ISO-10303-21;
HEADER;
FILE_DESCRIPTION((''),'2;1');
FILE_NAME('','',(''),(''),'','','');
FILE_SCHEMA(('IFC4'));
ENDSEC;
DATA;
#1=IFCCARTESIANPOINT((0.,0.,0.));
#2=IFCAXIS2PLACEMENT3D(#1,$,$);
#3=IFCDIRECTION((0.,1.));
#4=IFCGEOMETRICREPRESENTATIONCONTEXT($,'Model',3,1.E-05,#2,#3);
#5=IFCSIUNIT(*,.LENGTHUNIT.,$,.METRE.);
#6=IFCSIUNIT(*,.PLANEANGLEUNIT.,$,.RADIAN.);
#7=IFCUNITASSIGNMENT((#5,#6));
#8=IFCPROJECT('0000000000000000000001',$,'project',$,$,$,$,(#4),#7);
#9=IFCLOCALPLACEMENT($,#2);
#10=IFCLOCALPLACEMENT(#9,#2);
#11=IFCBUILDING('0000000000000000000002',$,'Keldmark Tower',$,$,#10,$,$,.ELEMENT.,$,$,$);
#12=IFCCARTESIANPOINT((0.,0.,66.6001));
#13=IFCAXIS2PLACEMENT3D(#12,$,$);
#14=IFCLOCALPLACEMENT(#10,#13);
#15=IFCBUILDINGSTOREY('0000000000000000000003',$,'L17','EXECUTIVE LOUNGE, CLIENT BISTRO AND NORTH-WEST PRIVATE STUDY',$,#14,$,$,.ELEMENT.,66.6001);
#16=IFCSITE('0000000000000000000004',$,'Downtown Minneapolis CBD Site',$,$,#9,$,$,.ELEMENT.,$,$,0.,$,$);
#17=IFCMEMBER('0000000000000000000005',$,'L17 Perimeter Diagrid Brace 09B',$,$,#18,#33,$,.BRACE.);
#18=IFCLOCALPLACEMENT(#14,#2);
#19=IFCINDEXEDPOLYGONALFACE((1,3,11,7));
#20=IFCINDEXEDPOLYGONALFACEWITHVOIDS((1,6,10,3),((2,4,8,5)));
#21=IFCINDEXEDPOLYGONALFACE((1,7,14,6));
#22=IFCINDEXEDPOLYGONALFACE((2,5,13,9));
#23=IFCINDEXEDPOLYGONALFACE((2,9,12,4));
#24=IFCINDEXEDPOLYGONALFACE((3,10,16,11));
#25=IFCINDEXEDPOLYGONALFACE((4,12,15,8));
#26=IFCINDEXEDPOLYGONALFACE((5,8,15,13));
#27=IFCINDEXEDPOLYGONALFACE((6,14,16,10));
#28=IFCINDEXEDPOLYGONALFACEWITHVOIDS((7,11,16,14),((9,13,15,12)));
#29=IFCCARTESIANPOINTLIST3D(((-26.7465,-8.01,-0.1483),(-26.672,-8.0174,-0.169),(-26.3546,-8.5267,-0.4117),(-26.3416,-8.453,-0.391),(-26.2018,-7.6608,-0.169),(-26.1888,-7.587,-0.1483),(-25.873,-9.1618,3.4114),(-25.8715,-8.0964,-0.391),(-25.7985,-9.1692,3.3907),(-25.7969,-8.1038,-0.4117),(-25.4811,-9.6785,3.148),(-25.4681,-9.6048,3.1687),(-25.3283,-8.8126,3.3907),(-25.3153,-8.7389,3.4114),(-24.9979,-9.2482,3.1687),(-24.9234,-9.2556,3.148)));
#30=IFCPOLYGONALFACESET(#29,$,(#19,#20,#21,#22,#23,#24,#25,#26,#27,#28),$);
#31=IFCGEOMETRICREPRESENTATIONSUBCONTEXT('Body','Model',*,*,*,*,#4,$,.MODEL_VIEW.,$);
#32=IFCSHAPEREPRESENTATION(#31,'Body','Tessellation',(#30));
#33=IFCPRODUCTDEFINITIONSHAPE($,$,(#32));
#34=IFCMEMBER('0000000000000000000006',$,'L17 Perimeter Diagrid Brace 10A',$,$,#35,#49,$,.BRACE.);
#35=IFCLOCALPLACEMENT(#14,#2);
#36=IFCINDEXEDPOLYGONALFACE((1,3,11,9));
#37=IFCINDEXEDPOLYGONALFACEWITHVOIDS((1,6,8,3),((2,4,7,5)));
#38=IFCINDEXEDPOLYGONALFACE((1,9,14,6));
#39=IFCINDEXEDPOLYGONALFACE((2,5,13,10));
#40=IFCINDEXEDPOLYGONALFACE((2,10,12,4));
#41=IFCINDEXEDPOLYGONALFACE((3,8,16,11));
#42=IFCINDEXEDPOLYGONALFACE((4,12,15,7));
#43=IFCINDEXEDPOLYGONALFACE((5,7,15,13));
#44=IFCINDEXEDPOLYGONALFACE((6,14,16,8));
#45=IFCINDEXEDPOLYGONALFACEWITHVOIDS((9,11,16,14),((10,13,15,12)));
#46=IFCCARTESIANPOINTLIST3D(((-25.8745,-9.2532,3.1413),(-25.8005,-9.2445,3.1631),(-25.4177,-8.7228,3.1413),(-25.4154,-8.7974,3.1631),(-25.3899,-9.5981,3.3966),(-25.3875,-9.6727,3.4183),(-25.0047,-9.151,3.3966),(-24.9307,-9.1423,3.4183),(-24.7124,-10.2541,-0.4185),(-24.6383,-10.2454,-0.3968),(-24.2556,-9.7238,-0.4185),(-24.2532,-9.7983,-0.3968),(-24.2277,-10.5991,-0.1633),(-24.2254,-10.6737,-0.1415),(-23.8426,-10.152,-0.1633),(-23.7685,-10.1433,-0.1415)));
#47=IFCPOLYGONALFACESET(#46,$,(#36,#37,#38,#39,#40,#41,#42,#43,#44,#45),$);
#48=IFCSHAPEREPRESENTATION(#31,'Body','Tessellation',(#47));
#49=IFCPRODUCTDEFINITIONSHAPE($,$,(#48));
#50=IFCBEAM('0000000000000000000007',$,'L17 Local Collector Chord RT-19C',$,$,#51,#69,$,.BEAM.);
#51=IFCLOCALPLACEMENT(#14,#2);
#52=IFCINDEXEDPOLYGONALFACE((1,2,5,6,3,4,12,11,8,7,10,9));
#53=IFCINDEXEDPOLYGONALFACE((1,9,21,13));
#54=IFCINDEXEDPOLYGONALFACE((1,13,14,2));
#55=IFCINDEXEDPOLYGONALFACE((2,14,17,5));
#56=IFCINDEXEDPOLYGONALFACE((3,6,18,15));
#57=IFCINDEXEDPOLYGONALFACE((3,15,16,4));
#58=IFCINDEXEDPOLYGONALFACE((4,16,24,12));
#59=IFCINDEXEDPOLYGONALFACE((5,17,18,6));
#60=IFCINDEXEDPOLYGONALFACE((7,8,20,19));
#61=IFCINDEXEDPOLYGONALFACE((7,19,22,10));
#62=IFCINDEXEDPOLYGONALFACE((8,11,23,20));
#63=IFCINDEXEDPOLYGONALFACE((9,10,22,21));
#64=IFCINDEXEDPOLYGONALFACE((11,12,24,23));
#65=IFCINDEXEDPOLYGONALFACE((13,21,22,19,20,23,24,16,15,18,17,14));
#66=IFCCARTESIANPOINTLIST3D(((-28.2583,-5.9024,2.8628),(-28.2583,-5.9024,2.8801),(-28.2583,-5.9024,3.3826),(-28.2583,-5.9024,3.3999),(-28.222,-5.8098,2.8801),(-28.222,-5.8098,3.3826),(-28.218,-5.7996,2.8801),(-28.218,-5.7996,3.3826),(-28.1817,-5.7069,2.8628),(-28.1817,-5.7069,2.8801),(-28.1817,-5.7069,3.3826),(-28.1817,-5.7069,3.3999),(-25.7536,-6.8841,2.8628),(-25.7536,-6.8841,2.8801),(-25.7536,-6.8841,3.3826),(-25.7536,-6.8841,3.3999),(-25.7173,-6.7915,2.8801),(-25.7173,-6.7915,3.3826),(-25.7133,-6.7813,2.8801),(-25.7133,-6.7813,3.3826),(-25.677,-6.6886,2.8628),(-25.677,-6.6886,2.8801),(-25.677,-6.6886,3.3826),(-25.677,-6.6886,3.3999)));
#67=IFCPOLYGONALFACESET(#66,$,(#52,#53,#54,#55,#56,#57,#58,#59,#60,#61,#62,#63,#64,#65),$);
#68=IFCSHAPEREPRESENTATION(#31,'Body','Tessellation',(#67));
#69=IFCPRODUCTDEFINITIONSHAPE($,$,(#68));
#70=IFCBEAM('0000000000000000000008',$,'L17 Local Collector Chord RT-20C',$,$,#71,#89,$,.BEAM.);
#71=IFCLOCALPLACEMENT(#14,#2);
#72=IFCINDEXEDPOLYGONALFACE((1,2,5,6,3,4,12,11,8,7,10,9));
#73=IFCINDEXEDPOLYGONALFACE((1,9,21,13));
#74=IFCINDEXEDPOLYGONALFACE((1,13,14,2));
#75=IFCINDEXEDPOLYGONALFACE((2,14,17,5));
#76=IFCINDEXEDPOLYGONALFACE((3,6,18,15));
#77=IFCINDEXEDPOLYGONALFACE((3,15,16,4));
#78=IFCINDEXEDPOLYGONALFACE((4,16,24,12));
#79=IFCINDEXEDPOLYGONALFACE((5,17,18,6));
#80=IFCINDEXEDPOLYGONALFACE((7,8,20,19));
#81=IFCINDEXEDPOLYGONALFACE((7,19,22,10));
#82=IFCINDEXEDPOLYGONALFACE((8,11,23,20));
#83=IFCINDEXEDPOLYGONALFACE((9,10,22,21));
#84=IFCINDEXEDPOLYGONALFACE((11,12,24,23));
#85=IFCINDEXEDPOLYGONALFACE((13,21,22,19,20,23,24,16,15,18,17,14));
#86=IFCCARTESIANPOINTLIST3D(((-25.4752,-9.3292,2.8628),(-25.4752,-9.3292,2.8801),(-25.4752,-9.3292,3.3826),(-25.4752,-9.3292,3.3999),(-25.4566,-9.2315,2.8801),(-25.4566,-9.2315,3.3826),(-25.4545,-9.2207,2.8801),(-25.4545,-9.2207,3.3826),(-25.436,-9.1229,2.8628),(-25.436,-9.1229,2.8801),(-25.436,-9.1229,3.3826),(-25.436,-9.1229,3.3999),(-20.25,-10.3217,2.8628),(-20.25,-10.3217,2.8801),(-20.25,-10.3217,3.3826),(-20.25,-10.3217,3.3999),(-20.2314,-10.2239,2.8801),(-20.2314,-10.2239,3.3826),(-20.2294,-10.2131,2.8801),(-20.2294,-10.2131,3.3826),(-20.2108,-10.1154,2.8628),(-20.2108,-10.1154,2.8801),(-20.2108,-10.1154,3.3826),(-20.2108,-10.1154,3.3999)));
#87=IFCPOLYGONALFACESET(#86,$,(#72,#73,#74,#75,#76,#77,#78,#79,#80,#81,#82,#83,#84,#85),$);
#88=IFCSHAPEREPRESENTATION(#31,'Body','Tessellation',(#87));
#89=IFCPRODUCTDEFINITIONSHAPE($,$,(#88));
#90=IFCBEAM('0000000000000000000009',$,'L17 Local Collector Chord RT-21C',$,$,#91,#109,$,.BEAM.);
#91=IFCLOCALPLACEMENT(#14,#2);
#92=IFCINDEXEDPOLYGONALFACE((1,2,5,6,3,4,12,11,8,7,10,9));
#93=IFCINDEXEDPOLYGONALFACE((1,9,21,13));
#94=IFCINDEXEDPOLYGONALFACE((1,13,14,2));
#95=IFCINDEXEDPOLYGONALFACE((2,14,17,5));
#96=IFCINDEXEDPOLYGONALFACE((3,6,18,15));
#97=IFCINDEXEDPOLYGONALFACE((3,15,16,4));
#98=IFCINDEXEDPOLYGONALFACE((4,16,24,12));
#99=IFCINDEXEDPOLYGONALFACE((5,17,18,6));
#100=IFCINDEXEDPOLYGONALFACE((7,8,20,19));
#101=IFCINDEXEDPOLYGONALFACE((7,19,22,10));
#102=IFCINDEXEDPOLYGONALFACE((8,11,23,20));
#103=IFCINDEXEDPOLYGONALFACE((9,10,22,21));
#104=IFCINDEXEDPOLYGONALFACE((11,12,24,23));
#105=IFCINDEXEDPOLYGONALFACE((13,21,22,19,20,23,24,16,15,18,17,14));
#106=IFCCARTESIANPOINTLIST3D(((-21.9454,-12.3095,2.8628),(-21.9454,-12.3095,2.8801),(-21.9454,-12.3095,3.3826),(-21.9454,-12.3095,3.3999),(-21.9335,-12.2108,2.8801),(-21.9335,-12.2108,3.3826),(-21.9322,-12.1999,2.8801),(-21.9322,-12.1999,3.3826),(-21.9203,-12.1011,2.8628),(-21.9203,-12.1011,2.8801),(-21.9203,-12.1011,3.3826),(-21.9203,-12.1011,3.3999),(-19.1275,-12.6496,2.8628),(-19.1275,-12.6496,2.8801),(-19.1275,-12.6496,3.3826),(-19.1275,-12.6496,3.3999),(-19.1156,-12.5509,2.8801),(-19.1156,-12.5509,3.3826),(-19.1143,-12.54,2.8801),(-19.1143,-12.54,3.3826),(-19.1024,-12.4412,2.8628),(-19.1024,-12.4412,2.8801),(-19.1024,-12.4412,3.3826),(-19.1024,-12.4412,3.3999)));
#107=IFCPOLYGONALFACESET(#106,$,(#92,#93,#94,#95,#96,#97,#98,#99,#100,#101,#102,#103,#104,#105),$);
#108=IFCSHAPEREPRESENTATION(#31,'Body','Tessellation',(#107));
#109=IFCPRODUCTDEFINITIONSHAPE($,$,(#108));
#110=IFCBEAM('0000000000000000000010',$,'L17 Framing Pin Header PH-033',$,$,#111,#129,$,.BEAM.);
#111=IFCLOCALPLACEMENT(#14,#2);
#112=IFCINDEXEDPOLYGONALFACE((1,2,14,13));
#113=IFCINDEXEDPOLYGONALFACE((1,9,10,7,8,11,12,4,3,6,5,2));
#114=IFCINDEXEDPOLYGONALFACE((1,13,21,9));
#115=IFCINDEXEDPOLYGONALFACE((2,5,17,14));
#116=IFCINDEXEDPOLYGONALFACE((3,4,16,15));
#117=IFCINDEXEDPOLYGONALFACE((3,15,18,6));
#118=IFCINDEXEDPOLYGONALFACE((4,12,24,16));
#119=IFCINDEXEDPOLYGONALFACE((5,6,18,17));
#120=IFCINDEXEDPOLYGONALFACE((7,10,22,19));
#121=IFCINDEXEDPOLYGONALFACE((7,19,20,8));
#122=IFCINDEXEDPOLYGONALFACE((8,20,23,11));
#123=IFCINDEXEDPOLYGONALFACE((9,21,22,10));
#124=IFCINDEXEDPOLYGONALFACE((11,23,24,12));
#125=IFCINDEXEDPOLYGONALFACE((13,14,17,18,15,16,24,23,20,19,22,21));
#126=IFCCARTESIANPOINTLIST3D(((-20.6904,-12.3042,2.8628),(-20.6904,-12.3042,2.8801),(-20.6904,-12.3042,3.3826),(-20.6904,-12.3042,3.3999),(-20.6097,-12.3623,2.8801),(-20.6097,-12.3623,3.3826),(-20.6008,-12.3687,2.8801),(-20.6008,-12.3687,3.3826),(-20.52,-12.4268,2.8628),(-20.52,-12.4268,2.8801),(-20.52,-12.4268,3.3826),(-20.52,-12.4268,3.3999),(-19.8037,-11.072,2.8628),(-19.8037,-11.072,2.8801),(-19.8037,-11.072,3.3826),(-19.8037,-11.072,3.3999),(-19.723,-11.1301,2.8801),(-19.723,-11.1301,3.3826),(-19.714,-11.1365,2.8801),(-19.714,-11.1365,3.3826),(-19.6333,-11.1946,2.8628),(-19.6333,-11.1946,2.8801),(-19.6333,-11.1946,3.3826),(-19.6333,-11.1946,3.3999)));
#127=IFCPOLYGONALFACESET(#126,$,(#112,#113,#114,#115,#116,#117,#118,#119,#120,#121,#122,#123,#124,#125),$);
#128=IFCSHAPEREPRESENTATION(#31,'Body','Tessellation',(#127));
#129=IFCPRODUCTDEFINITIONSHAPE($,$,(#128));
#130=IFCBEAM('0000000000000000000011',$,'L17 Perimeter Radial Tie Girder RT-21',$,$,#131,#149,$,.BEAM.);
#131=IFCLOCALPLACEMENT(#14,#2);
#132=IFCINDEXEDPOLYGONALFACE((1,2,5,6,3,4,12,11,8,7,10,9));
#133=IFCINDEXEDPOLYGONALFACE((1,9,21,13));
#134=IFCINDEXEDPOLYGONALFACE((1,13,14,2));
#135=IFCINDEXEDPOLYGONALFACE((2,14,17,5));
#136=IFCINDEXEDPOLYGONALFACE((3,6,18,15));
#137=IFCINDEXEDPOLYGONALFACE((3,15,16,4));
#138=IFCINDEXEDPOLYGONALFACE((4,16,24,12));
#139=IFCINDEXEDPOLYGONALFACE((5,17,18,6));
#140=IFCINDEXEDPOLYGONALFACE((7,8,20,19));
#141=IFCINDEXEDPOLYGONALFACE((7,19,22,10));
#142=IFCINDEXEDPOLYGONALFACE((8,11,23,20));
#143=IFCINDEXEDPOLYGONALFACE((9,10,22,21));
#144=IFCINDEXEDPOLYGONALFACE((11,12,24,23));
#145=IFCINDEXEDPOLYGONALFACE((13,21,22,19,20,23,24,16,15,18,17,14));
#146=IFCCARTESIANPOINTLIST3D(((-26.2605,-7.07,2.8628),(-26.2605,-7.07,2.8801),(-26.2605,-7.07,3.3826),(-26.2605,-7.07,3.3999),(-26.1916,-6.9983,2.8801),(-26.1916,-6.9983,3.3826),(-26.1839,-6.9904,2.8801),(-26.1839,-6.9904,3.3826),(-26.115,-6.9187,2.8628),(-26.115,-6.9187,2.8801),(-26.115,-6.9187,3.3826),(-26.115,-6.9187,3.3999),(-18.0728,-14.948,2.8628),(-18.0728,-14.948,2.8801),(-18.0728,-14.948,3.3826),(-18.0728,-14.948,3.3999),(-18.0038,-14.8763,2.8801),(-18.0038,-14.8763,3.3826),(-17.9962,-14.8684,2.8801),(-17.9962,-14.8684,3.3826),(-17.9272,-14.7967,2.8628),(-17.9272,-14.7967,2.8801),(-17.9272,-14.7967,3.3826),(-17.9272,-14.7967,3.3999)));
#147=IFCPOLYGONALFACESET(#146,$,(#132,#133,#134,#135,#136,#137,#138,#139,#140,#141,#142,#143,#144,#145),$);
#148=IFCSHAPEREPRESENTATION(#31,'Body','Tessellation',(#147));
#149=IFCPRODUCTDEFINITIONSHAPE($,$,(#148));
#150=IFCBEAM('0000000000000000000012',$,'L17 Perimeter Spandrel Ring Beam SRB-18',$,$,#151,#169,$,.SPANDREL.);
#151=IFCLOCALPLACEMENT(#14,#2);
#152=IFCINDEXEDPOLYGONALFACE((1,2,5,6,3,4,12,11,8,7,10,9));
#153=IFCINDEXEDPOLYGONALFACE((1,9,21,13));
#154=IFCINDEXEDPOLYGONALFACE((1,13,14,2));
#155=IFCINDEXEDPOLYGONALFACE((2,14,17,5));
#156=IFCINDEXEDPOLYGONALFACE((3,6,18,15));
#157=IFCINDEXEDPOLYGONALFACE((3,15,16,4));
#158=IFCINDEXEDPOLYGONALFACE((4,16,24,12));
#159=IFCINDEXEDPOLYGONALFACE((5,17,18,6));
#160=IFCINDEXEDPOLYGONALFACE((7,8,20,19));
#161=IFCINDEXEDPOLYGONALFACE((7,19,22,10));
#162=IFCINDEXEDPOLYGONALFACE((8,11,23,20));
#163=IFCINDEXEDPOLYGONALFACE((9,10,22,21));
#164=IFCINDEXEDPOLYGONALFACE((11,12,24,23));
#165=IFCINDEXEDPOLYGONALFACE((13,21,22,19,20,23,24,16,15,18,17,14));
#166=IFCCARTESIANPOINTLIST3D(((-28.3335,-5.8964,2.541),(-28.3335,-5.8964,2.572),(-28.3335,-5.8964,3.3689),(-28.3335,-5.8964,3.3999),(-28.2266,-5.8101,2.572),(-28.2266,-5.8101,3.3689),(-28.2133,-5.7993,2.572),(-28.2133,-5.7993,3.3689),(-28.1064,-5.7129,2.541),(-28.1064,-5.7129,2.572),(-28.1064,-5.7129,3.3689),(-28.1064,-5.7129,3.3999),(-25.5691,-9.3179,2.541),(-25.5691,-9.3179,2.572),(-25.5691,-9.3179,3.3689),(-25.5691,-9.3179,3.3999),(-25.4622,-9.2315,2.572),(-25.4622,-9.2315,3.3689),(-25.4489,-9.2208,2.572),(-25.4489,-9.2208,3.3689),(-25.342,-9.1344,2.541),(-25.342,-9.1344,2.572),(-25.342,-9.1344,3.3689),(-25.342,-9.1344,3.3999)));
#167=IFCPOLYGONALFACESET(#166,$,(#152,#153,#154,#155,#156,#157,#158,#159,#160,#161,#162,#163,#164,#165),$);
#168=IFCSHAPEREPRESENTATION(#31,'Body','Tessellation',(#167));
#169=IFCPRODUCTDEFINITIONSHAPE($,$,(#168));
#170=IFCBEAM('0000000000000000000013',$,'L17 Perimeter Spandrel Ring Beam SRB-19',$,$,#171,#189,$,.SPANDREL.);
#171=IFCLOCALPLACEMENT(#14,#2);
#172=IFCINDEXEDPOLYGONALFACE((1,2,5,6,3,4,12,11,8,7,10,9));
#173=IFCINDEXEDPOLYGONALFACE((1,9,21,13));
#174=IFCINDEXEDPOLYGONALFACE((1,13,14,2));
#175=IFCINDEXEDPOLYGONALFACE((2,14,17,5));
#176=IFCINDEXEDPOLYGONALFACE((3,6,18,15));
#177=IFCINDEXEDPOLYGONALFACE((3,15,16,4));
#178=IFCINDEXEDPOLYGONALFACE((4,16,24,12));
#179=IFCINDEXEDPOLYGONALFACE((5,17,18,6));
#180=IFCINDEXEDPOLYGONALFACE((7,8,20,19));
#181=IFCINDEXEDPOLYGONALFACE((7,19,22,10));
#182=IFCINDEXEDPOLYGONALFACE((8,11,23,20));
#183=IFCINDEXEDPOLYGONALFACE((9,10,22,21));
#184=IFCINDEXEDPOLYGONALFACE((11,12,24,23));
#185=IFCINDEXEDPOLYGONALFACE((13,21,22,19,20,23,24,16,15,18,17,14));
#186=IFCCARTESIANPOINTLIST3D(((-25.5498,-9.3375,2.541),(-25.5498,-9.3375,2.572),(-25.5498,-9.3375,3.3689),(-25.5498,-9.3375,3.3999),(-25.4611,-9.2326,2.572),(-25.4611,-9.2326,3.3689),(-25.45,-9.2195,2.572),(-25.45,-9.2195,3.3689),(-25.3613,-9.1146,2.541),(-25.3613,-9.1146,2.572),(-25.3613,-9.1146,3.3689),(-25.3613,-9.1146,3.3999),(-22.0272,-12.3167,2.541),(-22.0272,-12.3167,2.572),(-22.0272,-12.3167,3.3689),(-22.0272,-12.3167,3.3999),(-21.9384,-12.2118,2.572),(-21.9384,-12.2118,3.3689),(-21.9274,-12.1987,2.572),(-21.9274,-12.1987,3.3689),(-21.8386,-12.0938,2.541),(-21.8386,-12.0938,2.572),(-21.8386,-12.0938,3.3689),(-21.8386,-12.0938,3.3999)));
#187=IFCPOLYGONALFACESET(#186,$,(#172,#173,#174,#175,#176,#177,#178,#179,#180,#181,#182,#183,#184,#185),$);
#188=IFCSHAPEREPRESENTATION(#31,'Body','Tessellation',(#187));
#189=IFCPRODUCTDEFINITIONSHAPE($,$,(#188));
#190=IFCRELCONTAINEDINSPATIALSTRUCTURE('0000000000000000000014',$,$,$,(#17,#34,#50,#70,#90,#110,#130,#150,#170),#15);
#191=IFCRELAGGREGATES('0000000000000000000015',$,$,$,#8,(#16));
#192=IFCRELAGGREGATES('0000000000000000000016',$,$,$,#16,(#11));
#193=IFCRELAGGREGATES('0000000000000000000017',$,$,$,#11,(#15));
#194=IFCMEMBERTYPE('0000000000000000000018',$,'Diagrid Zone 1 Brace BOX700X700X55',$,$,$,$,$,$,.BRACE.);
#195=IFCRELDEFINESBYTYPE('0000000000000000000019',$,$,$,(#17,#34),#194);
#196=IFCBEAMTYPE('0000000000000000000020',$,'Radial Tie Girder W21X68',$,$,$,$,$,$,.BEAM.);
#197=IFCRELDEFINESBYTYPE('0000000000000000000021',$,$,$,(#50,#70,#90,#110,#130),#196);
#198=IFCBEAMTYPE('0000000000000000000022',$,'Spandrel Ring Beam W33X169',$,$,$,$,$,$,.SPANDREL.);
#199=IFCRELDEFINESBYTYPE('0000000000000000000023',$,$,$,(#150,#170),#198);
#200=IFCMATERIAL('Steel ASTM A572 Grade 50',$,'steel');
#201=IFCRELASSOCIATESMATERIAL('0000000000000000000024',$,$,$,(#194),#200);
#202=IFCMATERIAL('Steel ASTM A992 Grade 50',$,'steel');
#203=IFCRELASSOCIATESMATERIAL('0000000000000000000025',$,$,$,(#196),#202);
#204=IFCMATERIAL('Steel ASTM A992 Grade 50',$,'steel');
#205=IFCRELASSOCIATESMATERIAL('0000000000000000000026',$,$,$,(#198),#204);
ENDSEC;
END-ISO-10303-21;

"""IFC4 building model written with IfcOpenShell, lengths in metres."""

from ifc_helpers import new_model, si_unit, direction, frame, origin, origin_2d, place, context, subcontext, project, spatial, hollow_rectangle, i_section, extrude, material, material_profile, profile_set, type_object, element, save


model = new_model("IFC4")

# Units and contexts
model_context = context("Model", 3, precision=1e-05, world=origin(), true_north=direction((0.0, 1.0)))
body_context = subcontext(model_context, "Body", "Model", "MODEL_VIEW")
ifc_project = project(units=[si_unit("LENGTHUNIT", "METRE"), si_unit("PLANEANGLEUNIT", "RADIAN")], contexts=[model_context])

# Site, building, storey
site_placement = place(None, origin())
site = spatial("IfcSite", under=ifc_project, at=site_placement, Name="Downtown Minneapolis CBD Site", CompositionType="ELEMENT", RefElevation=0.0)
building_placement = place(site_placement, origin())
building = spatial("IfcBuilding", under=site, at=building_placement, Name="Keldmark Tower", CompositionType="ELEMENT")
storey_placement = place(building_placement, frame((0.0, 0.0, 66.6001)))
storey = spatial("IfcBuildingStorey", under=building, at=storey_placement, Name="L17", Description="EXECUTIVE LOUNGE, CLIENT BISTRO AND NORTH-WEST PRIVATE STUDY", CompositionType="ELEMENT", Elevation=66.6001)

# Members
ifc_material_1 = material(Name="Steel ASTM A572 Grade 50", Category="steel")
ifc_material_profile_1 = material_profile(ifc_material_1, hollow_rectangle(XDim=0.7, YDim=0.7, WallThickness=0.0549, at=origin_2d()), Name="BOX700X700X55")
ifc_profile_set_1 = profile_set([ifc_material_profile_1], Name="Steel ASTM A572 Grade 50")
member_type = type_object("IfcMemberType", Name="Diagrid Zone 1 Brace BOX700X700X55", PredefinedType="BRACE", material=ifc_profile_set_1)
member_1_placement = place(storey_placement, frame((-26.2717, -8.0569, -0.28), z_axis=(0.227356, -0.299795, 0.926516), x_axis=(0.796787, 0.604261, 0.0)))
element("IfcMember", 1, at=member_1_placement, inside=storey, type_object=member_type, Name="L17 Perimeter Diagrid Brace 09B", PredefinedType="BRACE", context=body_context, shape_type="SweptSolid", body=[
    extrude(hollow_rectangle(XDim=0.7, YDim=0.7, WallThickness=0.0549, at=origin_2d()), origin(), (0.0, 0.0, 1.0), 3.842),
])
member_2_placement = place(storey_placement, frame((-24.2405, -10.1987, -0.28), z_axis=(-0.299808, 0.258238, 0.918383), x_axis=(-0.652625, -0.757681, 0.0)))
element("IfcMember", 2, at=member_2_placement, inside=storey, type_object=member_type, Name="L17 Perimeter Diagrid Brace 10A", PredefinedType="BRACE", context=body_context, shape_type="SweptSolid", body=[
    extrude(hollow_rectangle(XDim=0.7, YDim=0.7, WallThickness=0.0549, at=origin_2d()), origin(), (0.0, 0.0, 1.0), 3.8762),
])

# Beams
ifc_material_2 = material(Name="Steel ASTM A992 Grade 50", Category="steel")
ifc_material_profile_2 = material_profile(ifc_material_2, i_section(OverallWidth=0.21, OverallDepth=0.5371, WebThickness=0.011, FlangeThickness=0.0173, at=origin_2d()), Name="W21X68")
ifc_profile_set_2 = profile_set([ifc_material_profile_2], Name="Steel ASTM A992 Grade 50")
beam_type_1 = type_object("IfcBeamType", Name="Radial Tie Girder W21X68", PredefinedType="BEAM", material=ifc_profile_set_2)
beam_1_placement = place(storey_placement, frame((-28.22, -5.8047, 3.1313), z_axis=(0.931039, -0.364919, 0.0), x_axis=(0.364919, 0.931039, 0.0)))
element("IfcBeam", 3, at=beam_1_placement, inside=storey, type_object=beam_type_1, Name="L17 Local Collector Chord RT-19C", PredefinedType="BEAM", context=body_context, shape_type="SweptSolid", body=[
    extrude(i_section(OverallWidth=0.21, OverallDepth=0.5371, WebThickness=0.011, FlangeThickness=0.0173, at=origin_2d()), origin(), (0.0, 0.0, 1.0), 2.6902),
])
beam_2_placement = place(storey_placement, frame((-25.4556, -9.2261, 3.1313), z_axis=(0.982436, -0.1866, 0.0), x_axis=(0.1866, 0.982436, 0.0)))
element("IfcBeam", 4, at=beam_2_placement, inside=storey, type_object=beam_type_1, Name="L17 Local Collector Chord RT-20C", PredefinedType="BEAM", context=body_context, shape_type="SweptSolid", body=[
    extrude(i_section(OverallWidth=0.21, OverallDepth=0.5371, WebThickness=0.011, FlangeThickness=0.0173, at=origin_2d()), origin(), (0.0, 0.0, 1.0), 5.3186),
])
beam_3_placement = place(storey_placement, frame((-21.9329, -12.2053, 3.1313), z_axis=(0.992796, -0.11982, 0.0), x_axis=(0.11982, 0.992796, 0.0)))
element("IfcBeam", 5, at=beam_3_placement, inside=storey, type_object=beam_type_1, Name="L17 Local Collector Chord RT-21C", PredefinedType="BEAM", context=body_context, shape_type="SweptSolid", body=[
    extrude(i_section(OverallWidth=0.21, OverallDepth=0.5371, WebThickness=0.011, FlangeThickness=0.0173, at=origin_2d()), origin(), (0.0, 0.0, 1.0), 2.8384),
])
beam_4_placement = place(storey_placement, frame((-19.7185, -11.1333, 3.1313), z_axis=(-0.58411, -0.811675, 0.0), x_axis=(0.811675, -0.58411, 0.0)))
element("IfcBeam", 6, at=beam_4_placement, inside=storey, type_object=beam_type_1, Name="L17 Framing Pin Header PH-033", PredefinedType="BEAM", context=body_context, shape_type="SweptSolid", body=[
    extrude(i_section(OverallWidth=0.21, OverallDepth=0.5371, WebThickness=0.011, FlangeThickness=0.0173, at=origin_2d()), origin(), (0.0, 0.0, 1.0), 1.5181),
])
beam_5_placement = place(storey_placement, frame((-26.1877, -6.9944, 3.1313), z_axis=(0.720609, -0.693342, 0.0), x_axis=(0.693342, 0.720609, 0.0)))
element("IfcBeam", 7, at=beam_5_placement, inside=storey, type_object=beam_type_1, Name="L17 Perimeter Radial Tie Girder RT-21", PredefinedType="BEAM", context=body_context, shape_type="SweptSolid", body=[
    extrude(i_section(OverallWidth=0.21, OverallDepth=0.5371, WebThickness=0.011, FlangeThickness=0.0173, at=origin_2d()), origin(), (0.0, 0.0, 1.0), 11.3623),
])
ifc_material_3 = material(Name="Steel ASTM A992 Grade 50", Category="steel")
ifc_material_profile_3 = material_profile(ifc_material_3, i_section(OverallWidth=0.292, OverallDepth=0.8589, WebThickness=0.0171, FlangeThickness=0.031, at=origin_2d()), Name="W33X169")
ifc_profile_set_3 = profile_set([ifc_material_profile_3], Name="Steel ASTM A992 Grade 50")
beam_type_2 = type_object("IfcBeamType", Name="Spandrel Ring Beam W33X169", PredefinedType="SPANDREL", material=ifc_profile_set_3)
beam_6_placement = place(storey_placement, frame((-28.22, -5.8047, 2.9705), z_axis=(0.628471, -0.777833, 0.0), x_axis=(0.777833, 0.628471, 0.0)))
element("IfcBeam", 8, at=beam_6_placement, inside=storey, type_object=beam_type_2, Name="L17 Perimeter Spandrel Ring Beam SRB-18", PredefinedType="SPANDREL", context=body_context, shape_type="SweptSolid", body=[
    extrude(i_section(OverallWidth=0.292, OverallDepth=0.8589, WebThickness=0.0171, FlangeThickness=0.031, at=origin_2d()), origin(), (0.0, 0.0, 1.0), 4.3987),
])
beam_7_placement = place(storey_placement, frame((-25.4556, -9.2261, 2.9705), z_axis=(0.763547, -0.645752, 0.0), x_axis=(0.645752, 0.763547, 0.0)))
element("IfcBeam", 9, at=beam_7_placement, inside=storey, type_object=beam_type_2, Name="L17 Perimeter Spandrel Ring Beam SRB-19", PredefinedType="SPANDREL", context=body_context, shape_type="SweptSolid", body=[
    extrude(i_section(OverallWidth=0.292, OverallDepth=0.8589, WebThickness=0.0171, FlangeThickness=0.031, at=origin_2d()), origin(), (0.0, 0.0, 1.0), 4.6135),
])

save(model, "model.ifc")
